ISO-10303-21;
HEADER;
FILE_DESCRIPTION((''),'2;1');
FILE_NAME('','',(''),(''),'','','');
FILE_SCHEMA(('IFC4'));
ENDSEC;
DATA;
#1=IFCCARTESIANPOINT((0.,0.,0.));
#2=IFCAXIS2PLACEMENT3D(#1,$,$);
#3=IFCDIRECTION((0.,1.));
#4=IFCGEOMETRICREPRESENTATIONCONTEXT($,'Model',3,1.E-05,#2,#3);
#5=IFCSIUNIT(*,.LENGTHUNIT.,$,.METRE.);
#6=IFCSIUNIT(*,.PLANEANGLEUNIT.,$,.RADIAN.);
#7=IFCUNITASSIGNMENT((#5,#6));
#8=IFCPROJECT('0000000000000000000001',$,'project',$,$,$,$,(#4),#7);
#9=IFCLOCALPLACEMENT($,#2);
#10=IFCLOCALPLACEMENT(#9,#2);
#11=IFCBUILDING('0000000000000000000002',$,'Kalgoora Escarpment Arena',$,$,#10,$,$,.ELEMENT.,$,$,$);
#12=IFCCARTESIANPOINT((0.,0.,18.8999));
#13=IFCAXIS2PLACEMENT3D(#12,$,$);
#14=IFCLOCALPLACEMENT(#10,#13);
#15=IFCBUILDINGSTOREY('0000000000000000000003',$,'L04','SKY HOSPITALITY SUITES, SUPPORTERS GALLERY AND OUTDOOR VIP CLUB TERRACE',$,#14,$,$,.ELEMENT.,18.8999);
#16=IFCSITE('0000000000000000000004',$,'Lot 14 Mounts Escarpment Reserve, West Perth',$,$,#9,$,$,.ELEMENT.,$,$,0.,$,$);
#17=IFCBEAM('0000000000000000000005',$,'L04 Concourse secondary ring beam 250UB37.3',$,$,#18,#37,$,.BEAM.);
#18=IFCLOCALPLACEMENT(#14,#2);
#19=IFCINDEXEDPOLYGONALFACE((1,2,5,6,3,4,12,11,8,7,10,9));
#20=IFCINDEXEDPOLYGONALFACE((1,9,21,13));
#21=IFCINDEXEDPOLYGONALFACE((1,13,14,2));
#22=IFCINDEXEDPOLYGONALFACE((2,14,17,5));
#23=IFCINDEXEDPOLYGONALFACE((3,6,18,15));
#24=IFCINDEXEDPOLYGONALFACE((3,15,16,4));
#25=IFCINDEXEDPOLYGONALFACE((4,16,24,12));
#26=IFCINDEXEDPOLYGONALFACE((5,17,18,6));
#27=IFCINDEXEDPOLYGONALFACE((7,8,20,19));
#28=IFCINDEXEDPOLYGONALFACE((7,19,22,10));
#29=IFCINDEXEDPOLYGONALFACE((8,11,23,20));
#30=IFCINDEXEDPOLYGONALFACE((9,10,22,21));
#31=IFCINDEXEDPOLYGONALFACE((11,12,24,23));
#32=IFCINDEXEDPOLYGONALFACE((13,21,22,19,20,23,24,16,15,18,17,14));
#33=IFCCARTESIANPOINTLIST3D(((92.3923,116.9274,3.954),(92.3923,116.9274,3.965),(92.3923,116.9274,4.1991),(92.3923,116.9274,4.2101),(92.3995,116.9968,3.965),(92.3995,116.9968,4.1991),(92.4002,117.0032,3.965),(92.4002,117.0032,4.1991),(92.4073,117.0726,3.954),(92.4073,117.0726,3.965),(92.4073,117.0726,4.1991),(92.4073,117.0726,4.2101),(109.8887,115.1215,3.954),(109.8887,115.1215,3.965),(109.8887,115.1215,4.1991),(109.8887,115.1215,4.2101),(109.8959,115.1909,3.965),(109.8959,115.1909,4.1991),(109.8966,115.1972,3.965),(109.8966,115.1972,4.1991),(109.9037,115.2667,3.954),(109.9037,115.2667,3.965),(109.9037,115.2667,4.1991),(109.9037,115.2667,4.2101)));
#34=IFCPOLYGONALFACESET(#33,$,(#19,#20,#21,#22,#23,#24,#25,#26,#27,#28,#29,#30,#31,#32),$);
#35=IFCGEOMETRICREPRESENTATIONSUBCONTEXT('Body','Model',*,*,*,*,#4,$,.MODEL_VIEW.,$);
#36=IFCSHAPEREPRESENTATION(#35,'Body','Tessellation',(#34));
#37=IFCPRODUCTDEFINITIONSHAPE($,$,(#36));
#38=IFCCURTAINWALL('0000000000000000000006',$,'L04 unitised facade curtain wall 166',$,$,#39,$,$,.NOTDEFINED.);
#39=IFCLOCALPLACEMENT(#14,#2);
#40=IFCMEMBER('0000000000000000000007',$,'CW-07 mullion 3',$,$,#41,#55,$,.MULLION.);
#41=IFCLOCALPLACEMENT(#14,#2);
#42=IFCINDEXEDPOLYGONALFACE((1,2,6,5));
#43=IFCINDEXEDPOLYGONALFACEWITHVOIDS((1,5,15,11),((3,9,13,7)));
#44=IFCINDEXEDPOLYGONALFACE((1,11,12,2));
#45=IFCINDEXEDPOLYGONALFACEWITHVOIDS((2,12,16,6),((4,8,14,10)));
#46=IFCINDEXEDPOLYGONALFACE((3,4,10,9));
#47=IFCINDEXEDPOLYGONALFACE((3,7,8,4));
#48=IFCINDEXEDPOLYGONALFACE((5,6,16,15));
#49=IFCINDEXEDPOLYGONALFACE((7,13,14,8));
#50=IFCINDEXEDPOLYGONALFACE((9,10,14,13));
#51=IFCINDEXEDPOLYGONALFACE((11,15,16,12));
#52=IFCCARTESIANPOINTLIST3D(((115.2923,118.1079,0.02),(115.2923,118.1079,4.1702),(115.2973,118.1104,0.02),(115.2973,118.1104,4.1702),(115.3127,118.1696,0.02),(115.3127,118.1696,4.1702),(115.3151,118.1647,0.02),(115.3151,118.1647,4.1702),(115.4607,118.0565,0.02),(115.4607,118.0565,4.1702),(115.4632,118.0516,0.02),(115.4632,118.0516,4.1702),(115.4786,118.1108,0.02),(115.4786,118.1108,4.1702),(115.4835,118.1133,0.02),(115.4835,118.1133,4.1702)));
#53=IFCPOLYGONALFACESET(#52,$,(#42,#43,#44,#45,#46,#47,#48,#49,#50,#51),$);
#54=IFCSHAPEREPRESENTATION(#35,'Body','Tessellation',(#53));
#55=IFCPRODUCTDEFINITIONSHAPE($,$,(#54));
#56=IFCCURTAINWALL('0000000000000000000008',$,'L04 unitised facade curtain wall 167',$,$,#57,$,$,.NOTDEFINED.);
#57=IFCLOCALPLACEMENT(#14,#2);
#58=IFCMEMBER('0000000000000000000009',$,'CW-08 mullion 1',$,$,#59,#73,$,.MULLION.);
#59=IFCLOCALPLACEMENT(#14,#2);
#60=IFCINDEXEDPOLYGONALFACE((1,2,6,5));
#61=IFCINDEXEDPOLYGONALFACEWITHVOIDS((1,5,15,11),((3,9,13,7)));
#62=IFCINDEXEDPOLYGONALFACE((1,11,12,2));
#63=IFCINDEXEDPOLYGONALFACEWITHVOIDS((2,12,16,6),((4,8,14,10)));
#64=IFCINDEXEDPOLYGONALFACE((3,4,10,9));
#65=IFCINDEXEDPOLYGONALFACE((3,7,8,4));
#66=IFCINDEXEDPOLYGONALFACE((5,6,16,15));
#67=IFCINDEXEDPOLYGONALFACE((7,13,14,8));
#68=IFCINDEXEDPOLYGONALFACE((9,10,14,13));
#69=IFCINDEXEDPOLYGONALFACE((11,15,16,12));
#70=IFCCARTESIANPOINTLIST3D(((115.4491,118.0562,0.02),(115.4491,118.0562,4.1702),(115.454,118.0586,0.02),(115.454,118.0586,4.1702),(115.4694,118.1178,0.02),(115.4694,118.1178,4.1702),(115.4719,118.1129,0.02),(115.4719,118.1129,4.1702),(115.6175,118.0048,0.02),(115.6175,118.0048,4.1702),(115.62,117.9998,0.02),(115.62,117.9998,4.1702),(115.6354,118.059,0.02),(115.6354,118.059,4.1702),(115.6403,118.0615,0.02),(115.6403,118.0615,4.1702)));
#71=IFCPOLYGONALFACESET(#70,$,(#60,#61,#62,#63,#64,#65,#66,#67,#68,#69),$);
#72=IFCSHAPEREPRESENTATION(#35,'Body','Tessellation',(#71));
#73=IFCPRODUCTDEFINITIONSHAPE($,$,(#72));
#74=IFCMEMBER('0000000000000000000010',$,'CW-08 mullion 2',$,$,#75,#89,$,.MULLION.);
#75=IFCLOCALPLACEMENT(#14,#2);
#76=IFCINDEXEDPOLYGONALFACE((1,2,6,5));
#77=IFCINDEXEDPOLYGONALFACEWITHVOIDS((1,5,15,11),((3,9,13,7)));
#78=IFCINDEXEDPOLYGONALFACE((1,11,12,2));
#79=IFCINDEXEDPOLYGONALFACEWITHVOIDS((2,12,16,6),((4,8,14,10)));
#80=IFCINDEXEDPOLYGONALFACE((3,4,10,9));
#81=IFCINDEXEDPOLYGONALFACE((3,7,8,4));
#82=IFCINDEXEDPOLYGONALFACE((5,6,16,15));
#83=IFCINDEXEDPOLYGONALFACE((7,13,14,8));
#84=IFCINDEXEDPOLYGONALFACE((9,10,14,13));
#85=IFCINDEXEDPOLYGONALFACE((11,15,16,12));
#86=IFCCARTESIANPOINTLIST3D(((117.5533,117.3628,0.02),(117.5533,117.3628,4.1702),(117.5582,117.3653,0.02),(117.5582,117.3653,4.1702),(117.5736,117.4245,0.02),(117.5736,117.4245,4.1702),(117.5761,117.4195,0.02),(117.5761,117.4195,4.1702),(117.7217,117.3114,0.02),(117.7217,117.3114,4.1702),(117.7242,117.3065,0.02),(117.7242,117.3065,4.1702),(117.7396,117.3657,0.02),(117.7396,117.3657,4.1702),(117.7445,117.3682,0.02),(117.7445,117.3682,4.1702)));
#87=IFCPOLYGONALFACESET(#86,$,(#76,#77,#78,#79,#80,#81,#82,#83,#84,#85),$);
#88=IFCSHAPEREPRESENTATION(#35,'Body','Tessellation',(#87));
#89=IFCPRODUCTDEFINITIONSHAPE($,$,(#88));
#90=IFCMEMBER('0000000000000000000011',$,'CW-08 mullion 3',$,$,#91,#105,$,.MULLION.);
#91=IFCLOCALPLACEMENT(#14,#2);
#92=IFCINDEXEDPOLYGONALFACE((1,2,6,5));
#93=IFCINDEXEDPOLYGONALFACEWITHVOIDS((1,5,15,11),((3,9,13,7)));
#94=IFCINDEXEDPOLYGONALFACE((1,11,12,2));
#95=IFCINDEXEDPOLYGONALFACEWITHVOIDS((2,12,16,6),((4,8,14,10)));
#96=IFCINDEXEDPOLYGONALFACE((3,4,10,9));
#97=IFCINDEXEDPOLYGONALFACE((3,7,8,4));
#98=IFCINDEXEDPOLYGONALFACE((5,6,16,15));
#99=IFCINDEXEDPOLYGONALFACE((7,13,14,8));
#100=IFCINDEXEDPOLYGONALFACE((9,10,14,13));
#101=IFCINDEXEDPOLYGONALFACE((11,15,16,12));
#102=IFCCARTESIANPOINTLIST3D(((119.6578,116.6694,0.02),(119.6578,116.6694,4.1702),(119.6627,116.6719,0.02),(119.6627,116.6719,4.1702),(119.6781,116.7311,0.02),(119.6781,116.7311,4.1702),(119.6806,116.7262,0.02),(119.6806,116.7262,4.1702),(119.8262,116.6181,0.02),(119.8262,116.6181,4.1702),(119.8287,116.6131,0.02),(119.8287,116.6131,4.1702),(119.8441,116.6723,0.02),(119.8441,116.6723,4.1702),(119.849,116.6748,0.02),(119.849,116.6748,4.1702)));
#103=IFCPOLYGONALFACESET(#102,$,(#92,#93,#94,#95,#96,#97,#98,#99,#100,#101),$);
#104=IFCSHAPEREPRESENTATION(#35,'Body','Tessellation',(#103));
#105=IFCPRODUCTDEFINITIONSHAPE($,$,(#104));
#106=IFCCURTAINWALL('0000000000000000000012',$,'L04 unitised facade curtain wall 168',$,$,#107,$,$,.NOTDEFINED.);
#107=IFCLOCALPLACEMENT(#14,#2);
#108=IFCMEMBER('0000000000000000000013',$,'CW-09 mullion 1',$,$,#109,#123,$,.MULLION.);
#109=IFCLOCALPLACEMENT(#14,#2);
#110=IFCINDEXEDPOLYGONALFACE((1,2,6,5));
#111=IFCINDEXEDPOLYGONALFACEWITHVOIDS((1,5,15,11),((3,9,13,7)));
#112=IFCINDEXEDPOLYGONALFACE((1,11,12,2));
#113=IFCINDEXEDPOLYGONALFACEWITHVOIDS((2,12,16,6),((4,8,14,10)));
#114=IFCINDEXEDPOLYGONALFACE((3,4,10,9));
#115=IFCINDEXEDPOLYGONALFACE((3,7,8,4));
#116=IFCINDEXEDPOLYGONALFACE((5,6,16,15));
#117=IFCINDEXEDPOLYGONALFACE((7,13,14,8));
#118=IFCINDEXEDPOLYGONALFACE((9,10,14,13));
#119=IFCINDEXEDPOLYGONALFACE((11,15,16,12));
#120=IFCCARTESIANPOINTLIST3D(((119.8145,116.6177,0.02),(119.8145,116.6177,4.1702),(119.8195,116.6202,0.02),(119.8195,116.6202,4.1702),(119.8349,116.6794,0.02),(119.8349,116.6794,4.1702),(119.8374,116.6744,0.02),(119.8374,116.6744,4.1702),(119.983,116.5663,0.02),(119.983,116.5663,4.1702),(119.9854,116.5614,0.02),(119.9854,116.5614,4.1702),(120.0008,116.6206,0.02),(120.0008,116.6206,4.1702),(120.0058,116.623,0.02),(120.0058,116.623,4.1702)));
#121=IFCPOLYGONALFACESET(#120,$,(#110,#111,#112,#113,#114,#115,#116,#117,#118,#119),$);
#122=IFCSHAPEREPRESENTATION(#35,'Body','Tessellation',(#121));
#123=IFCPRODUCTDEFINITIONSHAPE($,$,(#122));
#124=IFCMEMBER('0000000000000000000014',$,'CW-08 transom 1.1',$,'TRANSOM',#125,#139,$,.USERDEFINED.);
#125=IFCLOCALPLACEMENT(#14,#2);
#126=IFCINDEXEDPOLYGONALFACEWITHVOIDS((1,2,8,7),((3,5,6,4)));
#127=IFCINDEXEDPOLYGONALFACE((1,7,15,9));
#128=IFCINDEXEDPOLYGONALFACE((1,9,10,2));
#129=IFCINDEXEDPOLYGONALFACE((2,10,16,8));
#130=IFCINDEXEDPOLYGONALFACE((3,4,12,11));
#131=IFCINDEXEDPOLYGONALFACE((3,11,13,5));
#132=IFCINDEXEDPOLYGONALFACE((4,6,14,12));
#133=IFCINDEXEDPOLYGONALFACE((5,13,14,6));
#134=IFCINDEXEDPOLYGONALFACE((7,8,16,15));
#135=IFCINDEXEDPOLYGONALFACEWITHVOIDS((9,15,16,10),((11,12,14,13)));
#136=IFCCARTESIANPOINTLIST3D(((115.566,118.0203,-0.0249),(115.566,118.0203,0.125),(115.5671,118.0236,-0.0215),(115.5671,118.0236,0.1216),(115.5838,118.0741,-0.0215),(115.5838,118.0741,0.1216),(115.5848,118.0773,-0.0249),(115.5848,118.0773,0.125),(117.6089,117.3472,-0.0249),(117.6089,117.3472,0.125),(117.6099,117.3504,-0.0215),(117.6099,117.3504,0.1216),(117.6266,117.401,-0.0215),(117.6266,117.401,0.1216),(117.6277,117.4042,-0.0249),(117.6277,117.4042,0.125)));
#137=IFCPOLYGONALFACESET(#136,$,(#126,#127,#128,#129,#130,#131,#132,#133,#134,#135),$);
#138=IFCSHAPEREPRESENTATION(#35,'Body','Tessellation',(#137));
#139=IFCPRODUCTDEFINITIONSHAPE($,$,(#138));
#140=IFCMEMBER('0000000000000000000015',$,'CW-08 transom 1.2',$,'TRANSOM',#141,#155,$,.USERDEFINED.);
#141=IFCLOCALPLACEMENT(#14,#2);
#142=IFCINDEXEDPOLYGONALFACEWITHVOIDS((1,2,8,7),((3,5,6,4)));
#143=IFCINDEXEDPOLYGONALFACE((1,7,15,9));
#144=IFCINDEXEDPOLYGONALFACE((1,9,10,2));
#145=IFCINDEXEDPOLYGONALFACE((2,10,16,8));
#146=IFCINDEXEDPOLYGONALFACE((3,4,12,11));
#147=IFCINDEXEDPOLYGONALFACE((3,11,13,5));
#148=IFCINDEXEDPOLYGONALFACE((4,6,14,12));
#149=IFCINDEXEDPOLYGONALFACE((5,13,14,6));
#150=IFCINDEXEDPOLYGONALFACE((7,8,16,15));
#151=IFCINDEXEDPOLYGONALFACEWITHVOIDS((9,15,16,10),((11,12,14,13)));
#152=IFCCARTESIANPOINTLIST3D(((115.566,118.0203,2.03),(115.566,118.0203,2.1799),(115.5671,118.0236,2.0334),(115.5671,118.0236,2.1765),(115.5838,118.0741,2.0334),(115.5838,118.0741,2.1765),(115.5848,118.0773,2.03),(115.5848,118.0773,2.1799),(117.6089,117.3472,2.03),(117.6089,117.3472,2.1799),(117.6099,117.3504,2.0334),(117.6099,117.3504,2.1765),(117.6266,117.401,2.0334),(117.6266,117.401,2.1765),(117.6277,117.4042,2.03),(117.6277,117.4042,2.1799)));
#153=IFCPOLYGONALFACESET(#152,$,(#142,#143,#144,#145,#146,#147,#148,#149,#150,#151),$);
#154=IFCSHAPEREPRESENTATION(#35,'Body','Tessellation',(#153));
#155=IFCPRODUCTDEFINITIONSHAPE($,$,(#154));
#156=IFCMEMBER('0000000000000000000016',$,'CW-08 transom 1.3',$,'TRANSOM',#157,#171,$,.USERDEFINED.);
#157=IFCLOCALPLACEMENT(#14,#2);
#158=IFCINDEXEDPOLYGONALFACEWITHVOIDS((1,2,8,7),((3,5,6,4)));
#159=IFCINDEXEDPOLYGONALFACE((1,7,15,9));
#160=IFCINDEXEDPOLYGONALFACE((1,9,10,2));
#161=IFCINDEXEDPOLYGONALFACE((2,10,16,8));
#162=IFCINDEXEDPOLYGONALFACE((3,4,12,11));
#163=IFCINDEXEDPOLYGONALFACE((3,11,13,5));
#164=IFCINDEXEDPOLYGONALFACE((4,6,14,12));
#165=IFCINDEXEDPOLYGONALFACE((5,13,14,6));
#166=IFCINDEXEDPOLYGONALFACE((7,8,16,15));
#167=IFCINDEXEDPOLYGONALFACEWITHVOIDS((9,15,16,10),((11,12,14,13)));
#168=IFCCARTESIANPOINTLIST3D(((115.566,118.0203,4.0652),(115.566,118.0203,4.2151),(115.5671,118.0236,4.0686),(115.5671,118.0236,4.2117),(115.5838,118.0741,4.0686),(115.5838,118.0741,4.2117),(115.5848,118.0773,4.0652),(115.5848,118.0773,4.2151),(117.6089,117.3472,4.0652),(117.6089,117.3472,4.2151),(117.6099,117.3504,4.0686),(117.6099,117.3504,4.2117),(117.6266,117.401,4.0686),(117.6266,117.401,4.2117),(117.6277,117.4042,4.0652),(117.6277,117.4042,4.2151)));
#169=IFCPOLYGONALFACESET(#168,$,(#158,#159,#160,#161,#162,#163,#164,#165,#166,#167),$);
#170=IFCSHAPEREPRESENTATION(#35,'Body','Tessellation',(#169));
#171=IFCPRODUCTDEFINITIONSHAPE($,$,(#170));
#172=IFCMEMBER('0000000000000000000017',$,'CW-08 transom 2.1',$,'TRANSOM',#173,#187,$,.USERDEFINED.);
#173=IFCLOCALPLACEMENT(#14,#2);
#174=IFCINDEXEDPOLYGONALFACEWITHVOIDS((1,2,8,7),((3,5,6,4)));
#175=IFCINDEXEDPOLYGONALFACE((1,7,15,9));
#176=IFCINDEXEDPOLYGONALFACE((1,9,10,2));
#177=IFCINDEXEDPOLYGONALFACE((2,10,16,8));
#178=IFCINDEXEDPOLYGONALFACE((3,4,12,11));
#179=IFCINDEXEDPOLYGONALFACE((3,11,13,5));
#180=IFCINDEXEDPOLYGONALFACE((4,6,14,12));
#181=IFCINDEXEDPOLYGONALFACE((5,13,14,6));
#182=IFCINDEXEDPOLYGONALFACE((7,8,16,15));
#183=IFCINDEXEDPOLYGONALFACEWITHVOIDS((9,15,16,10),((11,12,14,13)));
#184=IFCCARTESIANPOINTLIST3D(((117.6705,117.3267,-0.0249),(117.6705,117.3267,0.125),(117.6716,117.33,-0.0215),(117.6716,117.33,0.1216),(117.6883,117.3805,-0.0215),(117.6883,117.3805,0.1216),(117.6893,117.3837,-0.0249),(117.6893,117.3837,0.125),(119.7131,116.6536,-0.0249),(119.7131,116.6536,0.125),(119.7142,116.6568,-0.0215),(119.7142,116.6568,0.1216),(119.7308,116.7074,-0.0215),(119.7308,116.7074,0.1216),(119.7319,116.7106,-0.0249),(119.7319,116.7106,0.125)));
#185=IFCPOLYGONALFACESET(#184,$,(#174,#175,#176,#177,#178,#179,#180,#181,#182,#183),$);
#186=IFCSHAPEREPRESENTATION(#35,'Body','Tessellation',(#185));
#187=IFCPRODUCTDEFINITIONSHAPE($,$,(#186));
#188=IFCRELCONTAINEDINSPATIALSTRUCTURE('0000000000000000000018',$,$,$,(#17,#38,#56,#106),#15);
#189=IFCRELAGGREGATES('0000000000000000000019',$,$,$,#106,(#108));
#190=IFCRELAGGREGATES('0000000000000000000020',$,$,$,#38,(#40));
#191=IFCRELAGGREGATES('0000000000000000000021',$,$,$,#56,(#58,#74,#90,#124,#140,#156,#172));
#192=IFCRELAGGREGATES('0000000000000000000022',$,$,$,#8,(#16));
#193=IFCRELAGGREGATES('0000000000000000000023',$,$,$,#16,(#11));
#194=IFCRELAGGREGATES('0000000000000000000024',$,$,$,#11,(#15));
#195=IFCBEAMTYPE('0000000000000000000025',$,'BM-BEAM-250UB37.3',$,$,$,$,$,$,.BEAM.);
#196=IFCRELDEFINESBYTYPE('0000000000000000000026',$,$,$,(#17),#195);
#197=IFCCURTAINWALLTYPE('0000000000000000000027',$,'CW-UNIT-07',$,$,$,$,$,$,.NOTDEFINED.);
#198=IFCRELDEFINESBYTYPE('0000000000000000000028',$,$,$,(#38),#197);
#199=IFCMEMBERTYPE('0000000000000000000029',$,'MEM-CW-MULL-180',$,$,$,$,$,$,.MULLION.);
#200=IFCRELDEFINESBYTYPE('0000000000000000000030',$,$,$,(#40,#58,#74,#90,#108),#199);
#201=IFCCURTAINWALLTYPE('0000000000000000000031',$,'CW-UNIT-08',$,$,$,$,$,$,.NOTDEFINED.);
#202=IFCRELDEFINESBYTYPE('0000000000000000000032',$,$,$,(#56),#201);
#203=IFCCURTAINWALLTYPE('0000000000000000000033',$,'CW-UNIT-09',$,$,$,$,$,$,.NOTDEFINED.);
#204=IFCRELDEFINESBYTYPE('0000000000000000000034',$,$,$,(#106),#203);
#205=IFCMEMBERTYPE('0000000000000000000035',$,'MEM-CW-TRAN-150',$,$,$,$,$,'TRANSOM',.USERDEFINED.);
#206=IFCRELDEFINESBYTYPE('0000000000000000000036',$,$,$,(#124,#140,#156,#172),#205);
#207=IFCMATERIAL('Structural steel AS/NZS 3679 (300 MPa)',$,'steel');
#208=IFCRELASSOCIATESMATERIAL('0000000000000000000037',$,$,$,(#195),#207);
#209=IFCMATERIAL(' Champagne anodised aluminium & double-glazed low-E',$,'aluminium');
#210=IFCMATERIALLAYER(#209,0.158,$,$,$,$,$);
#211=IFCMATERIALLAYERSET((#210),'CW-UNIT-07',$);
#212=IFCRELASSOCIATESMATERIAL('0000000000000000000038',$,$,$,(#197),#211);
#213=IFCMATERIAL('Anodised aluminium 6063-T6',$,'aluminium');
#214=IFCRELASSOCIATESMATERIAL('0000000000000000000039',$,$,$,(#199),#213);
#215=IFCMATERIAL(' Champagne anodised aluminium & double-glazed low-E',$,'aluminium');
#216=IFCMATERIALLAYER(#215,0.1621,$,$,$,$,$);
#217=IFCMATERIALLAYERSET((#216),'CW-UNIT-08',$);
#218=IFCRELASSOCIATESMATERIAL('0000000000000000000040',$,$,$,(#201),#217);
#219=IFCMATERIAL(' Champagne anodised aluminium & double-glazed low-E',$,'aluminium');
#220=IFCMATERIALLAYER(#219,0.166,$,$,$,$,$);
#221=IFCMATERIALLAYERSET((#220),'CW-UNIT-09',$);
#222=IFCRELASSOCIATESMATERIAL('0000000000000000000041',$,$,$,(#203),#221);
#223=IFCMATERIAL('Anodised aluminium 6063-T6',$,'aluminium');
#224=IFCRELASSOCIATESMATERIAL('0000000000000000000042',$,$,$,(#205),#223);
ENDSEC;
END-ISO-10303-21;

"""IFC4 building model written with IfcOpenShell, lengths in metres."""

from ifc_helpers import new_model, si_unit, direction, frame, origin, origin_2d, place, context, subcontext, project, spatial, hollow_rectangle, i_section, extrude, material, layer, layer_set, material_profile, profile_set, type_object, element, aggregate, save


model = new_model("IFC4")

# Units and contexts
model_context = context("Model", 3, precision=1e-05, world=origin(), true_north=direction((0.0, 1.0)))
body_context = subcontext(model_context, "Body", "Model", "MODEL_VIEW")
ifc_project = project(units=[si_unit("LENGTHUNIT", "METRE"), si_unit("PLANEANGLEUNIT", "RADIAN")], contexts=[model_context])

# Site, building, storey
site_placement = place(None, origin())
site = spatial("IfcSite", under=ifc_project, at=site_placement, Name="Lot 14 Mounts Escarpment Reserve, West Perth", CompositionType="ELEMENT", RefElevation=0.0)
building_placement = place(site_placement, origin())
building = spatial("IfcBuilding", under=site, at=building_placement, Name="Kalgoora Escarpment Arena", CompositionType="ELEMENT")
storey_placement = place(building_placement, frame((0.0, 0.0, 18.8999)))
storey = spatial("IfcBuildingStorey", under=building, at=storey_placement, Name="L04", Description="SKY HOSPITALITY SUITES, SUPPORTERS GALLERY AND OUTDOOR VIP CLUB TERRACE", CompositionType="ELEMENT", Elevation=18.8999)

# Beam
ifc_material_1 = material(Name="Structural steel AS/NZS 3679 (300 MPa)", Category="steel")
ifc_material_profile_1 = material_profile(ifc_material_1, i_section(OverallWidth=0.146, OverallDepth=0.2561, WebThickness=0.0063, FlangeThickness=0.011, at=origin_2d()))
ifc_profile_set_1 = profile_set([ifc_material_profile_1], Name="Structural steel AS/NZS 3679 (300 MPa)")
beam_type = type_object("IfcBeamType", Name="BM-BEAM-250UB37.3", PredefinedType="BEAM", material=ifc_profile_set_1)
beam_placement = place(storey_placement, frame((109.8962, 115.1941, 4.082), z_axis=(-0.994715, 0.102671, 0.0), x_axis=(-0.102671, -0.994715, 0.0)))
element("IfcBeam", 1, at=beam_placement, inside=storey, type_object=beam_type, Name="L04 Concourse secondary ring beam 250UB37.3", PredefinedType="BEAM", context=body_context, shape_type="SweptSolid", body=[
    extrude(i_section(OverallWidth=0.146, OverallDepth=0.2561, WebThickness=0.0063, FlangeThickness=0.011, at=origin_2d()), origin(), (0.0, 0.0, 1.0), 17.5894),
])

# Curtain wall, member
ifc_material_2 = material(Name=" Champagne anodised aluminium & double-glazed low-E", Category="aluminium")
ifc_layer_1 = layer(ifc_material_2, 0.158)
ifc_layer_set_1 = layer_set([ifc_layer_1], Name="CW-UNIT-07")
curtain_wall_type_1 = type_object("IfcCurtainWallType", Name="CW-UNIT-07", PredefinedType="NOTDEFINED", material=ifc_layer_set_1)
curtain_wall_1_placement = place(storey_placement, origin())
curtain_wall_1 = element("IfcCurtainWall", 2, at=curtain_wall_1_placement, inside=storey, type_object=curtain_wall_type_1, Name="L04 unitised facade curtain wall 166", PredefinedType="NOTDEFINED")
ifc_material_3 = material(Name="Anodised aluminium 6063-T6", Category="aluminium")
ifc_material_profile_2 = material_profile(ifc_material_3, hollow_rectangle(XDim=0.0649, YDim=0.1799, WallThickness=0.0039, at=origin_2d()))
ifc_profile_set_2 = profile_set([ifc_material_profile_2], Name="Anodised aluminium 6063-T6")
member_type_1 = type_object("IfcMemberType", Name="MEM-CW-MULL-180", PredefinedType="MULLION", material=ifc_profile_set_2)
member_1_placement = place(storey_placement, frame((115.3879, 118.1106, 0.02), z_axis=(0.0, 0.0, 1.0), x_axis=(0.312979, 0.94976, 0.0)))
member_1 = element("IfcMember", 3, at=member_1_placement, type_object=member_type_1, Name="CW-07 mullion 3", PredefinedType="MULLION", context=body_context, shape_type="SweptSolid", body=[
    extrude(hollow_rectangle(XDim=0.0649, YDim=0.1799, WallThickness=0.0039, at=origin_2d()), origin(), (0.0, 0.0, 1.0), 4.1501),
])

# Curtain wall, members
ifc_material_4 = material(Name=" Champagne anodised aluminium & double-glazed low-E", Category="aluminium")
ifc_layer_2 = layer(ifc_material_4, 0.1621)
ifc_layer_set_2 = layer_set([ifc_layer_2], Name="CW-UNIT-08")
curtain_wall_type_2 = type_object("IfcCurtainWallType", Name="CW-UNIT-08", PredefinedType="NOTDEFINED", material=ifc_layer_set_2)
curtain_wall_2_placement = place(storey_placement, origin())
curtain_wall_2 = element("IfcCurtainWall", 4, at=curtain_wall_2_placement, inside=storey, type_object=curtain_wall_type_2, Name="L04 unitised facade curtain wall 167", PredefinedType="NOTDEFINED")
member_2_placement = place(storey_placement, frame((115.5447, 118.0588, 0.02), z_axis=(0.0, 0.0, 1.0), x_axis=(0.31297, 0.949763, 0.0)))
member_2 = element("IfcMember", 5, at=member_2_placement, type_object=member_type_1, Name="CW-08 mullion 1", PredefinedType="MULLION", context=body_context, shape_type="SweptSolid", body=[
    extrude(hollow_rectangle(XDim=0.0649, YDim=0.1799, WallThickness=0.0039, at=origin_2d()), origin(), (0.0, 0.0, 1.0), 4.1501),
])
member_3_placement = place(storey_placement, frame((117.6489, 117.3655, 0.02), z_axis=(0.0, 0.0, 1.0), x_axis=(0.31297, 0.949763, 0.0)))
member_3 = element("IfcMember", 6, at=member_3_placement, type_object=member_type_1, Name="CW-08 mullion 2", PredefinedType="MULLION", context=body_context, shape_type="SweptSolid", body=[
    extrude(hollow_rectangle(XDim=0.0649, YDim=0.1799, WallThickness=0.0039, at=origin_2d()), origin(), (0.0, 0.0, 1.0), 4.1501),
])
member_4_placement = place(storey_placement, frame((119.7534, 116.6721, 0.02), z_axis=(0.0, 0.0, 1.0), x_axis=(0.31297, 0.949763, 0.0)))
member_4 = element("IfcMember", 7, at=member_4_placement, type_object=member_type_1, Name="CW-08 mullion 3", PredefinedType="MULLION", context=body_context, shape_type="SweptSolid", body=[
    extrude(hollow_rectangle(XDim=0.0649, YDim=0.1799, WallThickness=0.0039, at=origin_2d()), origin(), (0.0, 0.0, 1.0), 4.1501),
])

# Curtain wall, member
ifc_material_5 = material(Name=" Champagne anodised aluminium & double-glazed low-E", Category="aluminium")
ifc_layer_3 = layer(ifc_material_5, 0.166)
ifc_layer_set_3 = layer_set([ifc_layer_3], Name="CW-UNIT-09")
curtain_wall_type_3 = type_object("IfcCurtainWallType", Name="CW-UNIT-09", PredefinedType="NOTDEFINED", material=ifc_layer_set_3)
curtain_wall_3_placement = place(storey_placement, origin())
curtain_wall_3 = element("IfcCurtainWall", 8, at=curtain_wall_3_placement, inside=storey, type_object=curtain_wall_type_3, Name="L04 unitised facade curtain wall 168", PredefinedType="NOTDEFINED")
member_5_placement = place(storey_placement, frame((119.9102, 116.6204, 0.02), z_axis=(0.0, 0.0, 1.0), x_axis=(0.31299, 0.949756, 0.0)))
member_5 = element("IfcMember", 9, at=member_5_placement, type_object=member_type_1, Name="CW-09 mullion 1", PredefinedType="MULLION", context=body_context, shape_type="SweptSolid", body=[
    extrude(hollow_rectangle(XDim=0.0649, YDim=0.1799, WallThickness=0.0039, at=origin_2d()), origin(), (0.0, 0.0, 1.0), 4.1501),
])

# Members
ifc_material_6 = material(Name="Anodised aluminium 6063-T6", Category="aluminium")
ifc_material_profile_3 = material_profile(ifc_material_6, hollow_rectangle(XDim=0.0601, YDim=0.1499, WallThickness=0.0034, at=origin_2d()))
ifc_profile_set_3 = profile_set([ifc_material_profile_3], Name="Anodised aluminium 6063-T6")
member_type_2 = type_object("IfcMemberType", Name="MEM-CW-TRAN-150", ElementType="TRANSOM", PredefinedType="USERDEFINED", material=ifc_profile_set_3)
member_6_placement = place(storey_placement, frame((115.5754, 118.0488, 0.05), z_axis=(0.949767, -0.312957, 0.0), x_axis=(0.312957, 0.949767, 0.0)))
member_6 = element("IfcMember", 10, at=member_6_placement, type_object=member_type_2, Name="CW-08 transom 1.1", ObjectType="TRANSOM", PredefinedType="USERDEFINED", context=body_context, shape_type="SweptSolid", body=[
    extrude(hollow_rectangle(XDim=0.0601, YDim=0.1499, WallThickness=0.0034, at=origin_2d()), origin(), (0.0, 0.0, 1.0), 2.1509),
])
member_7_placement = place(storey_placement, frame((115.5754, 118.0488, 2.105), z_axis=(0.949767, -0.312957, 0.0), x_axis=(0.312957, 0.949767, 0.0)))
member_7 = element("IfcMember", 11, at=member_7_placement, type_object=member_type_2, Name="CW-08 transom 1.2", ObjectType="TRANSOM", PredefinedType="USERDEFINED", context=body_context, shape_type="SweptSolid", body=[
    extrude(hollow_rectangle(XDim=0.0601, YDim=0.1499, WallThickness=0.0034, at=origin_2d()), origin(), (0.0, 0.0, 1.0), 2.1509),
])
member_8_placement = place(storey_placement, frame((115.5754, 118.0488, 4.1401), z_axis=(0.949767, -0.312957, 0.0), x_axis=(0.312957, 0.949767, 0.0)))
member_8 = element("IfcMember", 12, at=member_8_placement, type_object=member_type_2, Name="CW-08 transom 1.3", ObjectType="TRANSOM", PredefinedType="USERDEFINED", context=body_context, shape_type="SweptSolid", body=[
    extrude(hollow_rectangle(XDim=0.0601, YDim=0.1499, WallThickness=0.0034, at=origin_2d()), origin(), (0.0, 0.0, 1.0), 2.1509),
])
member_9_placement = place(storey_placement, frame((117.6799, 117.3552, 0.05), z_axis=(0.949756, -0.31299, 0.0), x_axis=(0.31299, 0.949756, 0.0)))
member_9 = element("IfcMember", 13, at=member_9_placement, type_object=member_type_2, Name="CW-08 transom 2.1", ObjectType="TRANSOM", PredefinedType="USERDEFINED", context=body_context, shape_type="SweptSolid", body=[
    extrude(hollow_rectangle(XDim=0.0601, YDim=0.1499, WallThickness=0.0034, at=origin_2d()), origin(), (0.0, 0.0, 1.0), 2.1506),
])
aggregate(curtain_wall_3, [member_5])

aggregate(curtain_wall_1, [member_1])
aggregate(curtain_wall_2, [member_2, member_3, member_4, member_6, member_7, member_8, member_9])

save(model, "model.ifc")
